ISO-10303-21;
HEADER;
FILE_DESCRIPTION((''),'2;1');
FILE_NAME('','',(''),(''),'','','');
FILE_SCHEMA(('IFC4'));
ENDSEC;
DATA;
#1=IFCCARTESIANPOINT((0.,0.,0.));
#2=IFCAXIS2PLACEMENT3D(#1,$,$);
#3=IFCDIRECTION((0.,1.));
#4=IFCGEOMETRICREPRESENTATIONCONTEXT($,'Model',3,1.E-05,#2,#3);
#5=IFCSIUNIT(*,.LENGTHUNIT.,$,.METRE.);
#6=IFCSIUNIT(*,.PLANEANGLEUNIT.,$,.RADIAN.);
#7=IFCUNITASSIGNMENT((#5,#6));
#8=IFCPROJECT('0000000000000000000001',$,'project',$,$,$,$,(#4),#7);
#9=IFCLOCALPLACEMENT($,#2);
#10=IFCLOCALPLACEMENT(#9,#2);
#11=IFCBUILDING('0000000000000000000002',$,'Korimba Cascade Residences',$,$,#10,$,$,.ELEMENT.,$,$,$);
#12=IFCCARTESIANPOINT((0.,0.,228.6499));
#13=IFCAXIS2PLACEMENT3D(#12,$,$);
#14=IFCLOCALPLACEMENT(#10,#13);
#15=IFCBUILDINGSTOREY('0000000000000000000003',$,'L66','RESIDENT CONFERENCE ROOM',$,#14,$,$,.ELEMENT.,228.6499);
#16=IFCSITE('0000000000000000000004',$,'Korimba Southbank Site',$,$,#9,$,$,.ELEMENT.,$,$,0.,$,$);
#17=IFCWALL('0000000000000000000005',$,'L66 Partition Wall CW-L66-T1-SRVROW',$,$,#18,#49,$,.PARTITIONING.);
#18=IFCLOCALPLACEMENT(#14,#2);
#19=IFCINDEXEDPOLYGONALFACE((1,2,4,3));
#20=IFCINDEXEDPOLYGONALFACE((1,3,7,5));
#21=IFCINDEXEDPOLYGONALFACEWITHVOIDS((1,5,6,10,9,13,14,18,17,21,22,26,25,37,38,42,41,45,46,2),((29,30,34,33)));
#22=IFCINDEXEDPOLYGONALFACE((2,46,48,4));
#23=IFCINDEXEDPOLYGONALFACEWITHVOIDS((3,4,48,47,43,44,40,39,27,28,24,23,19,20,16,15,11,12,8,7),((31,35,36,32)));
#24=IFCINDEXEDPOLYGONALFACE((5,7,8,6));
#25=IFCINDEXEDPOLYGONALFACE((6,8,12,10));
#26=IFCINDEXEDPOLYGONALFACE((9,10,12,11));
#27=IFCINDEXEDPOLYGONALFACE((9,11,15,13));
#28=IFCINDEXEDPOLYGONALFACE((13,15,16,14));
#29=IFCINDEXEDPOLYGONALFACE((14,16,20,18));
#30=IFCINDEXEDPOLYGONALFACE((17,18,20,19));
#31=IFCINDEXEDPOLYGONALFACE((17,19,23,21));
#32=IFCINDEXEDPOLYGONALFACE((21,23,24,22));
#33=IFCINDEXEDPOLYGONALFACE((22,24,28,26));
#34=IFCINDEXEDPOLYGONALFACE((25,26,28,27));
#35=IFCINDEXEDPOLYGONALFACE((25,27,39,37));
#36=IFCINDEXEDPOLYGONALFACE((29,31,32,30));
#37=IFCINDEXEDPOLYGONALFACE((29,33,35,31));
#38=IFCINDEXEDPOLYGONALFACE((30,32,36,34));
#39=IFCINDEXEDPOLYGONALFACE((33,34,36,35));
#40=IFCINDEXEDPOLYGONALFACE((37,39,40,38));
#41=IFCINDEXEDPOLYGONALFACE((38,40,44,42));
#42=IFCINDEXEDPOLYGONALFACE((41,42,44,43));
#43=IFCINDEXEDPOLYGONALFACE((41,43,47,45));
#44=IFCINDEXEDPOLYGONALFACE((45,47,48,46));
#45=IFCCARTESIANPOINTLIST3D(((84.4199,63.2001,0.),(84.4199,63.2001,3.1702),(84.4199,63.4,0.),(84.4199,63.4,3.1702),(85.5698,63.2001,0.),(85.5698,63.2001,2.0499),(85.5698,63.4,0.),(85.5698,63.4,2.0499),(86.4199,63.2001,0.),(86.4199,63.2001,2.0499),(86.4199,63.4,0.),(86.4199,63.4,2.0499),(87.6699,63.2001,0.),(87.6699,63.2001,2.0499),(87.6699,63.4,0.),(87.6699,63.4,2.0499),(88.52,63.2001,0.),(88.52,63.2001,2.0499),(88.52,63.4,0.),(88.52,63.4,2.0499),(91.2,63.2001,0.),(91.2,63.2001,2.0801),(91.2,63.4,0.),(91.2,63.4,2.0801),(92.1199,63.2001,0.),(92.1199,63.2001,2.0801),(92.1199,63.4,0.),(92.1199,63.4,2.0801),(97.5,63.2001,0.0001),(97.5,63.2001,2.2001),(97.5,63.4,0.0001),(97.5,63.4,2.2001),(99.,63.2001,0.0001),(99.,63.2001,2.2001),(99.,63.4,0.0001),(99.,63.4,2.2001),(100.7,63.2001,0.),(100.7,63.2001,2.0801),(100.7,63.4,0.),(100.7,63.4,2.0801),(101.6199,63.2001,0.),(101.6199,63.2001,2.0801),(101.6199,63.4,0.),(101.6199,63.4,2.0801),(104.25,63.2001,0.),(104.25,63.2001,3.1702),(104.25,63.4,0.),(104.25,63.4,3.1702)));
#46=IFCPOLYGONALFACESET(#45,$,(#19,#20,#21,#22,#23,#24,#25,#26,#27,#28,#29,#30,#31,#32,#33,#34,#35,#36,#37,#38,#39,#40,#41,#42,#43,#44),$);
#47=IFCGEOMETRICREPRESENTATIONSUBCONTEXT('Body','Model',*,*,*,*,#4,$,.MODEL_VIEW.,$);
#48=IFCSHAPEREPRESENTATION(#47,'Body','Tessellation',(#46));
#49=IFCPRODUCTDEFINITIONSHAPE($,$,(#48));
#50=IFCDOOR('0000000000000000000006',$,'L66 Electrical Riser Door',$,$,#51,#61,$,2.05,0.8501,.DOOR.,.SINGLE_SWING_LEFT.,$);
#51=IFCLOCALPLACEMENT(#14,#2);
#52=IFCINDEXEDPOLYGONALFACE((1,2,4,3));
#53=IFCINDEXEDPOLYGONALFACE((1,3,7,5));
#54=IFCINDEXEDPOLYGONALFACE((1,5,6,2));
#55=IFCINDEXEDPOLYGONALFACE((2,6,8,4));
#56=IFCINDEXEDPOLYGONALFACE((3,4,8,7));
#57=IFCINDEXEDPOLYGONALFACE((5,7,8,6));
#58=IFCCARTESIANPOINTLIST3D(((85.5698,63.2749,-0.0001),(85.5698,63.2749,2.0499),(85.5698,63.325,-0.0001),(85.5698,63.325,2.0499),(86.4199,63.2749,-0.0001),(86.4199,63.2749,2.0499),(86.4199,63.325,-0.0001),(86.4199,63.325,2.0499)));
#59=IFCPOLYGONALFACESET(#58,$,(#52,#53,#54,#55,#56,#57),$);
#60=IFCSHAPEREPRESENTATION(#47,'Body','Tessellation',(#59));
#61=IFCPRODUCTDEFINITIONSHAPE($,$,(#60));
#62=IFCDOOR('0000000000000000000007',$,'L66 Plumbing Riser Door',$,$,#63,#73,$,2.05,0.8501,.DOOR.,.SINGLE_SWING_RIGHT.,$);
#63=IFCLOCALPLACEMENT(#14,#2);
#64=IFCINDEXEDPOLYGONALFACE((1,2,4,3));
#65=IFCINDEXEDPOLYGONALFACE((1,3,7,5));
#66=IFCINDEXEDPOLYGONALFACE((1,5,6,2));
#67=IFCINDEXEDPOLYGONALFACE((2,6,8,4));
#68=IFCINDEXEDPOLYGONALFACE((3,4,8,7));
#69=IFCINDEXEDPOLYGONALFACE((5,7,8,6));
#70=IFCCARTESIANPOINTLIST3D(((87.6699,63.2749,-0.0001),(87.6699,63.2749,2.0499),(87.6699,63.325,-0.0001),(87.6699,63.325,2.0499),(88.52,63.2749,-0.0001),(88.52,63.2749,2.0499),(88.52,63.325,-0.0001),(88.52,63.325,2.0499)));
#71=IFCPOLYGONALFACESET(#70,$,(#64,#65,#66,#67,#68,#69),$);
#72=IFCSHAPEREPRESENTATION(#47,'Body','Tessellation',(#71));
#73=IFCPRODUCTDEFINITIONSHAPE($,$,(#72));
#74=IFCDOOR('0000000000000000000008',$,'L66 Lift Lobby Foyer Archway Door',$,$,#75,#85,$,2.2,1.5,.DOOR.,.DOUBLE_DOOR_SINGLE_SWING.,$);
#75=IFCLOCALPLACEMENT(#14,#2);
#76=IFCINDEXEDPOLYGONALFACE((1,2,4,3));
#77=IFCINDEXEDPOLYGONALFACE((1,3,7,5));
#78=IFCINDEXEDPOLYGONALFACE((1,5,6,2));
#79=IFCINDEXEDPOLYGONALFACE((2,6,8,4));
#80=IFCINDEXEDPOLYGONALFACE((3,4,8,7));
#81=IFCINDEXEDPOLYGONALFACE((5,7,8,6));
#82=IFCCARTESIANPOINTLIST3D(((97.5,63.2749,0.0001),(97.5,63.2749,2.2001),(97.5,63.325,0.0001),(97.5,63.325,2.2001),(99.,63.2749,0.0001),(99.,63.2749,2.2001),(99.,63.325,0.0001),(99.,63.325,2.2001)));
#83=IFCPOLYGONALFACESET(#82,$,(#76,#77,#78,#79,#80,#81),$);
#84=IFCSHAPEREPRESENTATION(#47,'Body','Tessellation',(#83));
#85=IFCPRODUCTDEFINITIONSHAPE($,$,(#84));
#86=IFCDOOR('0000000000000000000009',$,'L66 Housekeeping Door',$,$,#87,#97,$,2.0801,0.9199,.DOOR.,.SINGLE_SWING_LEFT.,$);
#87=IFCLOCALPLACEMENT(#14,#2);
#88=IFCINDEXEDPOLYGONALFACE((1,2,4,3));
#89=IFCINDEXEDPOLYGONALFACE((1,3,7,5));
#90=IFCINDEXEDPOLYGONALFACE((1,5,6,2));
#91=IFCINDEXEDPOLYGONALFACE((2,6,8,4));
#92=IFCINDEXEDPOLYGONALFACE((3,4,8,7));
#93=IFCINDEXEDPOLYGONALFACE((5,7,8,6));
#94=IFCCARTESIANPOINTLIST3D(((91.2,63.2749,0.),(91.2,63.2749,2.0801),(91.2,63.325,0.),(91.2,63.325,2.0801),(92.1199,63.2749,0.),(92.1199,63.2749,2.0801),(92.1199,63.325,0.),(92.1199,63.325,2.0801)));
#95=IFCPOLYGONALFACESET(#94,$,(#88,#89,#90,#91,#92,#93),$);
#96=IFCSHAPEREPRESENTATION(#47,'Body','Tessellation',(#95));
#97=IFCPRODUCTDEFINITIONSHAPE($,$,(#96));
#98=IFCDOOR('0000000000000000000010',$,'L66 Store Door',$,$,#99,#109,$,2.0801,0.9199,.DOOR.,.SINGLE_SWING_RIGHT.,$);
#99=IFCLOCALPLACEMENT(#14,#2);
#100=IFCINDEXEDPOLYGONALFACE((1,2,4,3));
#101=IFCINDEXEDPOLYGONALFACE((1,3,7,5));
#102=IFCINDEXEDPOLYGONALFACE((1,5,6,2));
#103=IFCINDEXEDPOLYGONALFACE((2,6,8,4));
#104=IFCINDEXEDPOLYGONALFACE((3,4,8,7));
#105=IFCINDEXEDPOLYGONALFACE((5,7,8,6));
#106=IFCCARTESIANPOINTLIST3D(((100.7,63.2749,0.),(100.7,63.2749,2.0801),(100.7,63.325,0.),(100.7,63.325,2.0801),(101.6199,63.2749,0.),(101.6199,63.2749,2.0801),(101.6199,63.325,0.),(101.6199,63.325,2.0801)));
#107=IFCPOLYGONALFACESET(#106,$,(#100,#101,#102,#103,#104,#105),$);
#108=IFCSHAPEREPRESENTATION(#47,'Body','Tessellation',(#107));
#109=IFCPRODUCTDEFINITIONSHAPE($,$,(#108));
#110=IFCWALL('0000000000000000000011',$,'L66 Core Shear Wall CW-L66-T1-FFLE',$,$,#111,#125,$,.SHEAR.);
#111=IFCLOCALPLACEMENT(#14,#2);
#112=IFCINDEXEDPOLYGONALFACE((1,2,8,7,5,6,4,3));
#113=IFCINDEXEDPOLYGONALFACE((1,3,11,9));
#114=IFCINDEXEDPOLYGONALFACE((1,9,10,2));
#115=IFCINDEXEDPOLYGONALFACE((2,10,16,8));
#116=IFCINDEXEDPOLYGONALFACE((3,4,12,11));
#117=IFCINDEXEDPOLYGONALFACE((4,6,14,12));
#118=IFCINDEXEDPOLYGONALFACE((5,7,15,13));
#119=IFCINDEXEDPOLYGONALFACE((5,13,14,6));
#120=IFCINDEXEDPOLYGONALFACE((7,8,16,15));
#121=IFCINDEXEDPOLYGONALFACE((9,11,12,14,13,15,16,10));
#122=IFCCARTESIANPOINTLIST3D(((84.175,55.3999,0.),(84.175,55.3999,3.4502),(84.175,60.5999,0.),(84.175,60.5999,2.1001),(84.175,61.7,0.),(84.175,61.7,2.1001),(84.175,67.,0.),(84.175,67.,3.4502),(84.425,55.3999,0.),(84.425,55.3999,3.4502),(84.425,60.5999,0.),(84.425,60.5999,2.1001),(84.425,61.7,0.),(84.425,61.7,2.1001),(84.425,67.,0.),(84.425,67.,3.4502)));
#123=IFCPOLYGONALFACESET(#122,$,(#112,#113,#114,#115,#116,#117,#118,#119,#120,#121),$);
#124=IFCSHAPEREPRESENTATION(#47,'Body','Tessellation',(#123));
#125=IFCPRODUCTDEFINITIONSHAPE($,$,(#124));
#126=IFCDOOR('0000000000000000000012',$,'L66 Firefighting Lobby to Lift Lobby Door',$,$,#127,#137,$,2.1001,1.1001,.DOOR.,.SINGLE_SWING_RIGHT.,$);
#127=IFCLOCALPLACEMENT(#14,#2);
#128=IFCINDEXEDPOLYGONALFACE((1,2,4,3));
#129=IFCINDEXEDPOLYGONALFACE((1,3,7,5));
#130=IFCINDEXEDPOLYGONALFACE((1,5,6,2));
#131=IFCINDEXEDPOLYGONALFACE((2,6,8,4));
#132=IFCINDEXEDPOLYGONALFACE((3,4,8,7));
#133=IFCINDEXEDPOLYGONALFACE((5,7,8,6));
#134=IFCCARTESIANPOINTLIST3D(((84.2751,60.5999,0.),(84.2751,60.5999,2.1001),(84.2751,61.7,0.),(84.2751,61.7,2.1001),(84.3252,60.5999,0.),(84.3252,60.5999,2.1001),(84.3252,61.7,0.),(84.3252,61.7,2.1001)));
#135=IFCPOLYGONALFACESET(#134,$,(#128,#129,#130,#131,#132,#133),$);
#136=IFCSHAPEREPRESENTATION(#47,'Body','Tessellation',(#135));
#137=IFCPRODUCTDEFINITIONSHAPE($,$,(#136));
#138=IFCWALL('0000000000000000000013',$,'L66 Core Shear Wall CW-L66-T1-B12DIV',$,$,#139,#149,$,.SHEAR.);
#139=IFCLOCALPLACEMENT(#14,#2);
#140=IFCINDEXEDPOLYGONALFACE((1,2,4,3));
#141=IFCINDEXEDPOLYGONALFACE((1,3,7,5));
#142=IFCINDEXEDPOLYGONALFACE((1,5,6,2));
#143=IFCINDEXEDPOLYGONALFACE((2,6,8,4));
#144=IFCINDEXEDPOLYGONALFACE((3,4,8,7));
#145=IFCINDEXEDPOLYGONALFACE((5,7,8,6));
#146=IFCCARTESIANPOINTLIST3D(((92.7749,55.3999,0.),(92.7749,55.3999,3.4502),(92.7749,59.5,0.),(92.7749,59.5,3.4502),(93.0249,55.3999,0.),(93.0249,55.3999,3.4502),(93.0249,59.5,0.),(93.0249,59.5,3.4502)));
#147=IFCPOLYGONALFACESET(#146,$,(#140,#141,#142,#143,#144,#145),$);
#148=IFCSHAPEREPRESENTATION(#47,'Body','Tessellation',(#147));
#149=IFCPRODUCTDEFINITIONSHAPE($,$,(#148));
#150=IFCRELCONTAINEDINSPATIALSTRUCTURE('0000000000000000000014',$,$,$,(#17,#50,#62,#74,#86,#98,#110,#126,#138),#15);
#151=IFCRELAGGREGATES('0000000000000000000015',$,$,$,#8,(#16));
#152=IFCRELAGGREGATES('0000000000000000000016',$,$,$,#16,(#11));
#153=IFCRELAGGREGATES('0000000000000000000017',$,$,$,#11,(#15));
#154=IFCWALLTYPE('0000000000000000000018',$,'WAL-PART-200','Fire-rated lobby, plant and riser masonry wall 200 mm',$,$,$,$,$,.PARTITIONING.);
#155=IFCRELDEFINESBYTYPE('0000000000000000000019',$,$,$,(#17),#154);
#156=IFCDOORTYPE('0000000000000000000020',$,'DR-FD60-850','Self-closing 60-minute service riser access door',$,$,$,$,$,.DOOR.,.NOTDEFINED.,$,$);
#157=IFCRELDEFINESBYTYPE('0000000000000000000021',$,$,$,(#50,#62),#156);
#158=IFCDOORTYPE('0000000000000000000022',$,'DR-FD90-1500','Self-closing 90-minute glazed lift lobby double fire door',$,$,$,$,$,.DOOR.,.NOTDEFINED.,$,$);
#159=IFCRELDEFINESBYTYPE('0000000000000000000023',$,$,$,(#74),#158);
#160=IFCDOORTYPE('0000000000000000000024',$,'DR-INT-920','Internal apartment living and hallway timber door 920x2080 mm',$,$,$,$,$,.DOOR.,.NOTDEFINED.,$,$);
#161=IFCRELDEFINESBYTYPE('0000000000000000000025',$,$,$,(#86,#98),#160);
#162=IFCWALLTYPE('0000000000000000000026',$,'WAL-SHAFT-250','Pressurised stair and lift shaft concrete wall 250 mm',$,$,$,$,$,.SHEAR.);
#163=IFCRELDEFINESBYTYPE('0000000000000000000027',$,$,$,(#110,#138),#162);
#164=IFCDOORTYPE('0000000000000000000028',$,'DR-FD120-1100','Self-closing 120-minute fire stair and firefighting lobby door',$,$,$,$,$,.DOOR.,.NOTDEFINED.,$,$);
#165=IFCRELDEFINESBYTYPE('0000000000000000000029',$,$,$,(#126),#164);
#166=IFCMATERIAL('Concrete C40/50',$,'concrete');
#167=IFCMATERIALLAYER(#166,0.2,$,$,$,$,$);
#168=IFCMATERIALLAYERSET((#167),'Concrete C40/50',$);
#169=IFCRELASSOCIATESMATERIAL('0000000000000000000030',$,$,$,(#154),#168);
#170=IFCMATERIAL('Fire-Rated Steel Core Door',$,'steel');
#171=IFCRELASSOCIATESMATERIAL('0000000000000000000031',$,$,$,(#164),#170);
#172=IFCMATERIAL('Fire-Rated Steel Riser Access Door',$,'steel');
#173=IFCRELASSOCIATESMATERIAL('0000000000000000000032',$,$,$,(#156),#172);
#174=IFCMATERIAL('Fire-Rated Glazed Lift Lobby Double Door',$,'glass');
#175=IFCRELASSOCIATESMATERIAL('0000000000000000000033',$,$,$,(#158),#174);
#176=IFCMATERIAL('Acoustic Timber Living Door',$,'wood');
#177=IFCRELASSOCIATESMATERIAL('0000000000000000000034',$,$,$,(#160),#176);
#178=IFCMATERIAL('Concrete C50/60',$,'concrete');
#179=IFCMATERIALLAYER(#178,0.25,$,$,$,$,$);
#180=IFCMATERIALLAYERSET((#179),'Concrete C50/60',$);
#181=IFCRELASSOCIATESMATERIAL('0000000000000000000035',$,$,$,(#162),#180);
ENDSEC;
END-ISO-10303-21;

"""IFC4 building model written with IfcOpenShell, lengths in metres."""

from ifc_helpers import new_model, si_unit, direction, frame, frame_2d, origin, place, context, subcontext, project, spatial, rectangle, extrude, material, layer, layer_set, type_object, element, fill, save


model = new_model("IFC4")

# Units and contexts
model_context = context("Model", 3, precision=1e-05, world=origin(), true_north=direction((0.0, 1.0)))
body_context = subcontext(model_context, "Body", "Model", "MODEL_VIEW")
ifc_project = project(units=[si_unit("LENGTHUNIT", "METRE"), si_unit("PLANEANGLEUNIT", "RADIAN")], contexts=[model_context])

# Site, building, storey
site_placement = place(None, origin())
site = spatial("IfcSite", under=ifc_project, at=site_placement, Name="Korimba Southbank Site", CompositionType="ELEMENT", RefElevation=0.0)
building_placement = place(site_placement, origin())
building = spatial("IfcBuilding", under=site, at=building_placement, Name="Korimba Cascade Residences", CompositionType="ELEMENT")
storey_placement = place(building_placement, frame((0.0, 0.0, 228.6499)))
storey = spatial("IfcBuildingStorey", under=building, at=storey_placement, Name="L66", Description="RESIDENT CONFERENCE ROOM", CompositionType="ELEMENT", Elevation=228.6499)

# Shared definitions
ifc_material_1 = material(Name="Concrete C50/60", Category="concrete")

# Shared definitions
ifc_material_2 = material(Name="Concrete C40/50", Category="concrete")
ifc_layer_1 = layer(ifc_material_2, 0.2)
ifc_layer_set_1 = layer_set([ifc_layer_1], Name="Concrete C40/50")
wall_type_1 = type_object("IfcWallType", Name="WAL-PART-200", Description="Fire-rated lobby, plant and riser masonry wall 200 mm", PredefinedType="PARTITIONING", material=ifc_layer_set_1)

# Shared definitions
ifc_material_3 = material(Name="Fire-Rated Steel Core Door", Category="steel")
door_type_1 = type_object("IfcDoorType", Name="DR-FD120-1100", Description="Self-closing 120-minute fire stair and firefighting lobby door", OperationType="NOTDEFINED", PredefinedType="DOOR", material=ifc_material_3)

# Wall, openings, doors
wall_1_placement = place(storey_placement, frame((84.4199, 63.3, 0.0), z_axis=(0.0, 0.0, 1.0), x_axis=(1.0, 0.0, 0.0)))
wall_1 = element("IfcWall", 1, at=wall_1_placement, inside=storey, type_object=wall_type_1, Name="L66 Partition Wall CW-L66-T1-SRVROW", PredefinedType="PARTITIONING", context=body_context, shape_type="SweptSolid", body=[
    extrude(rectangle(XDim=19.8301, YDim=0.2, at=frame_2d((9.915, 0.0))), origin(), (0.0, 0.0, 1.0), 3.1702),
])
opening_1_placement = place(wall_1_placement, frame((1.1499, 0.0, 0.0)))
opening_1 = element("IfcOpeningElement", 2, at=opening_1_placement, cuts=wall_1, PredefinedType="OPENING", context=body_context, shape_type="SweptSolid", body=[
    extrude(rectangle(XDim=0.8501, YDim=2.05, at=frame_2d((0.425, 1.0249))), frame((0.0, 0.1099, 0.0), z_axis=(0.0, -1.0, 0.0), x_axis=(1.0, 0.0, 0.0)), (0.0, 0.0, 1.0), 0.22),
])
opening_2_placement = place(wall_1_placement, frame((3.25, 0.0, 0.0)))
opening_2 = element("IfcOpeningElement", 3, at=opening_2_placement, cuts=wall_1, PredefinedType="OPENING", context=body_context, shape_type="SweptSolid", body=[
    extrude(rectangle(XDim=0.8501, YDim=2.05, at=frame_2d((0.425, 1.0249))), frame((0.0, 0.1099, 0.0), z_axis=(0.0, -1.0, 0.0), x_axis=(1.0, 0.0, 0.0)), (0.0, 0.0, 1.0), 0.22),
])
opening_3_placement = place(wall_1_placement, frame((13.0801, 0.0, 0.0)))
opening_3 = element("IfcOpeningElement", 4, at=opening_3_placement, cuts=wall_1, PredefinedType="OPENING", context=body_context, shape_type="SweptSolid", body=[
    extrude(rectangle(XDim=1.5, YDim=2.2, at=frame_2d((0.75, 1.1001))), frame((0.0, 0.1099, 0.0), z_axis=(0.0, -1.0, 0.0), x_axis=(1.0, 0.0, 0.0)), (0.0, 0.0, 1.0), 0.22),
])
opening_4_placement = place(wall_1_placement, frame((6.78, 0.0, 0.0)))
opening_4 = element("IfcOpeningElement", 5, at=opening_4_placement, cuts=wall_1, PredefinedType="OPENING", context=body_context, shape_type="SweptSolid", body=[
    extrude(rectangle(XDim=0.9199, YDim=2.0801, at=frame_2d((0.46, 1.04))), frame((0.0, 0.1099, 0.0), z_axis=(0.0, -1.0, 0.0), x_axis=(1.0, 0.0, 0.0)), (0.0, 0.0, 1.0), 0.22),
])
opening_5_placement = place(wall_1_placement, frame((16.28, 0.0, 0.0)))
opening_5 = element("IfcOpeningElement", 6, at=opening_5_placement, cuts=wall_1, PredefinedType="OPENING", context=body_context, shape_type="SweptSolid", body=[
    extrude(rectangle(XDim=0.9199, YDim=2.0801, at=frame_2d((0.46, 1.04))), frame((0.0, 0.1099, 0.0), z_axis=(0.0, -1.0, 0.0), x_axis=(1.0, 0.0, 0.0)), (0.0, 0.0, 1.0), 0.22),
])
ifc_material_4 = material(Name="Fire-Rated Steel Riser Access Door", Category="steel")
door_type_2 = type_object("IfcDoorType", Name="DR-FD60-850", Description="Self-closing 60-minute service riser access door", OperationType="NOTDEFINED", PredefinedType="DOOR", material=ifc_material_4)
door_1_placement = place(opening_1_placement, origin())
door_1 = element("IfcDoor", 7, at=door_1_placement, inside=storey, type_object=door_type_2, Name="L66 Electrical Riser Door", OperationType="SINGLE_SWING_LEFT", OverallHeight=2.05, OverallWidth=0.8501, PredefinedType="DOOR", context=body_context, shape_type="SweptSolid", body=[
    extrude(rectangle(XDim=0.8501, YDim=2.05, at=frame_2d((0.425, 1.0249))), frame((0.0, 0.0249, 0.0), z_axis=(0.0, -1.0, 0.0), x_axis=(1.0, 0.0, 0.0)), (0.0, 0.0, 1.0), 0.05),
])
fill(opening_1, door_1)
door_2_placement = place(opening_2_placement, origin())
door_2 = element("IfcDoor", 8, at=door_2_placement, inside=storey, type_object=door_type_2, Name="L66 Plumbing Riser Door", OperationType="SINGLE_SWING_RIGHT", OverallHeight=2.05, OverallWidth=0.8501, PredefinedType="DOOR", context=body_context, shape_type="SweptSolid", body=[
    extrude(rectangle(XDim=0.8501, YDim=2.05, at=frame_2d((0.425, 1.0249))), frame((0.0, 0.0249, 0.0), z_axis=(0.0, -1.0, 0.0), x_axis=(1.0, 0.0, 0.0)), (0.0, 0.0, 1.0), 0.05),
])
fill(opening_2, door_2)
ifc_material_5 = material(Name="Fire-Rated Glazed Lift Lobby Double Door", Category="glass")
door_type_3 = type_object("IfcDoorType", Name="DR-FD90-1500", Description="Self-closing 90-minute glazed lift lobby double fire door", OperationType="NOTDEFINED", PredefinedType="DOOR", material=ifc_material_5)
door_3_placement = place(opening_3_placement, origin())
door_3 = element("IfcDoor", 9, at=door_3_placement, inside=storey, type_object=door_type_3, Name="L66 Lift Lobby Foyer Archway Door", OperationType="DOUBLE_DOOR_SINGLE_SWING", OverallHeight=2.2, OverallWidth=1.5, PredefinedType="DOOR", context=body_context, shape_type="SweptSolid", body=[
    extrude(rectangle(XDim=1.5, YDim=2.2, at=frame_2d((0.75, 1.1001))), frame((0.0, 0.0249, 0.0), z_axis=(0.0, -1.0, 0.0), x_axis=(1.0, 0.0, 0.0)), (0.0, 0.0, 1.0), 0.05),
])
fill(opening_3, door_3)
ifc_material_6 = material(Name="Acoustic Timber Living Door", Category="wood")
door_type_4 = type_object("IfcDoorType", Name="DR-INT-920", Description="Internal apartment living and hallway timber door 920x2080 mm", OperationType="NOTDEFINED", PredefinedType="DOOR", material=ifc_material_6)
door_4_placement = place(opening_4_placement, origin())
door_4 = element("IfcDoor", 10, at=door_4_placement, inside=storey, type_object=door_type_4, Name="L66 Housekeeping Door", OperationType="SINGLE_SWING_LEFT", OverallHeight=2.0801, OverallWidth=0.9199, PredefinedType="DOOR", context=body_context, shape_type="SweptSolid", body=[
    extrude(rectangle(XDim=0.9199, YDim=2.0801, at=frame_2d((0.46, 1.04))), frame((0.0, 0.0249, 0.0), z_axis=(0.0, -1.0, 0.0), x_axis=(1.0, 0.0, 0.0)), (0.0, 0.0, 1.0), 0.05),
])
fill(opening_4, door_4)
door_5_placement = place(opening_5_placement, origin())
door_5 = element("IfcDoor", 11, at=door_5_placement, inside=storey, type_object=door_type_4, Name="L66 Store Door", OperationType="SINGLE_SWING_RIGHT", OverallHeight=2.0801, OverallWidth=0.9199, PredefinedType="DOOR", context=body_context, shape_type="SweptSolid", body=[
    extrude(rectangle(XDim=0.9199, YDim=2.0801, at=frame_2d((0.46, 1.04))), frame((0.0, 0.0249, 0.0), z_axis=(0.0, -1.0, 0.0), x_axis=(1.0, 0.0, 0.0)), (0.0, 0.0, 1.0), 0.05),
])
fill(opening_5, door_5)
ifc_layer_2 = layer(ifc_material_1, 0.25)
ifc_layer_set_2 = layer_set([ifc_layer_2], Name="Concrete C50/60")
wall_type_2 = type_object("IfcWallType", Name="WAL-SHAFT-250", Description="Pressurised stair and lift shaft concrete wall 250 mm", PredefinedType="SHEAR", material=ifc_layer_set_2)

# Wall, opening, door
wall_2_placement = place(storey_placement, frame((84.3, 55.3999, 0.0), z_axis=(0.0, 0.0, 1.0), x_axis=(0.0, 1.0, 0.0)))
wall_2 = element("IfcWall", 12, at=wall_2_placement, inside=storey, type_object=wall_type_2, Name="L66 Core Shear Wall CW-L66-T1-FFLE", PredefinedType="SHEAR", context=body_context, shape_type="SweptSolid", body=[
    extrude(rectangle(XDim=11.6001, YDim=0.25, at=frame_2d((5.8, 0.0))), origin(), (0.0, 0.0, 1.0), 3.4502),
])
opening_6_placement = place(wall_2_placement, frame((5.2, 0.0, 0.0)))
opening_6 = element("IfcOpeningElement", 13, at=opening_6_placement, cuts=wall_2, PredefinedType="OPENING", context=body_context, shape_type="SweptSolid", body=[
    extrude(rectangle(XDim=1.1001, YDim=2.1001, at=frame_2d((0.55, 1.05))), frame((0.0, 0.135, 0.0), z_axis=(0.0, -1.0, 0.0), x_axis=(1.0, 0.0, 0.0)), (0.0, 0.0, 1.0), 0.27),
])
door_6_placement = place(opening_6_placement, origin())
door_6 = element("IfcDoor", 14, at=door_6_placement, inside=storey, type_object=door_type_1, Name="L66 Firefighting Lobby to Lift Lobby Door", OperationType="SINGLE_SWING_RIGHT", OverallHeight=2.1001, OverallWidth=1.1001, PredefinedType="DOOR", context=body_context, shape_type="SweptSolid", body=[
    extrude(rectangle(XDim=1.1001, YDim=2.1001, at=frame_2d((0.55, 1.05))), frame((0.0, 0.0249, 0.0), z_axis=(0.0, -1.0, 0.0), x_axis=(1.0, 0.0, 0.0)), (0.0, 0.0, 1.0), 0.05),
])
fill(opening_6, door_6)

# Wall
wall_3_placement = place(storey_placement, frame((92.8999, 55.3999, 0.0), z_axis=(0.0, 0.0, 1.0), x_axis=(0.0, 1.0, 0.0)))
element("IfcWall", 15, at=wall_3_placement, inside=storey, type_object=wall_type_2, Name="L66 Core Shear Wall CW-L66-T1-B12DIV", PredefinedType="SHEAR", context=body_context, shape_type="SweptSolid", body=[
    extrude(rectangle(XDim=4.1001, YDim=0.25, at=frame_2d((2.05, 0.0))), origin(), (0.0, 0.0, 1.0), 3.4502),
])

save(model, "model.ifc")
